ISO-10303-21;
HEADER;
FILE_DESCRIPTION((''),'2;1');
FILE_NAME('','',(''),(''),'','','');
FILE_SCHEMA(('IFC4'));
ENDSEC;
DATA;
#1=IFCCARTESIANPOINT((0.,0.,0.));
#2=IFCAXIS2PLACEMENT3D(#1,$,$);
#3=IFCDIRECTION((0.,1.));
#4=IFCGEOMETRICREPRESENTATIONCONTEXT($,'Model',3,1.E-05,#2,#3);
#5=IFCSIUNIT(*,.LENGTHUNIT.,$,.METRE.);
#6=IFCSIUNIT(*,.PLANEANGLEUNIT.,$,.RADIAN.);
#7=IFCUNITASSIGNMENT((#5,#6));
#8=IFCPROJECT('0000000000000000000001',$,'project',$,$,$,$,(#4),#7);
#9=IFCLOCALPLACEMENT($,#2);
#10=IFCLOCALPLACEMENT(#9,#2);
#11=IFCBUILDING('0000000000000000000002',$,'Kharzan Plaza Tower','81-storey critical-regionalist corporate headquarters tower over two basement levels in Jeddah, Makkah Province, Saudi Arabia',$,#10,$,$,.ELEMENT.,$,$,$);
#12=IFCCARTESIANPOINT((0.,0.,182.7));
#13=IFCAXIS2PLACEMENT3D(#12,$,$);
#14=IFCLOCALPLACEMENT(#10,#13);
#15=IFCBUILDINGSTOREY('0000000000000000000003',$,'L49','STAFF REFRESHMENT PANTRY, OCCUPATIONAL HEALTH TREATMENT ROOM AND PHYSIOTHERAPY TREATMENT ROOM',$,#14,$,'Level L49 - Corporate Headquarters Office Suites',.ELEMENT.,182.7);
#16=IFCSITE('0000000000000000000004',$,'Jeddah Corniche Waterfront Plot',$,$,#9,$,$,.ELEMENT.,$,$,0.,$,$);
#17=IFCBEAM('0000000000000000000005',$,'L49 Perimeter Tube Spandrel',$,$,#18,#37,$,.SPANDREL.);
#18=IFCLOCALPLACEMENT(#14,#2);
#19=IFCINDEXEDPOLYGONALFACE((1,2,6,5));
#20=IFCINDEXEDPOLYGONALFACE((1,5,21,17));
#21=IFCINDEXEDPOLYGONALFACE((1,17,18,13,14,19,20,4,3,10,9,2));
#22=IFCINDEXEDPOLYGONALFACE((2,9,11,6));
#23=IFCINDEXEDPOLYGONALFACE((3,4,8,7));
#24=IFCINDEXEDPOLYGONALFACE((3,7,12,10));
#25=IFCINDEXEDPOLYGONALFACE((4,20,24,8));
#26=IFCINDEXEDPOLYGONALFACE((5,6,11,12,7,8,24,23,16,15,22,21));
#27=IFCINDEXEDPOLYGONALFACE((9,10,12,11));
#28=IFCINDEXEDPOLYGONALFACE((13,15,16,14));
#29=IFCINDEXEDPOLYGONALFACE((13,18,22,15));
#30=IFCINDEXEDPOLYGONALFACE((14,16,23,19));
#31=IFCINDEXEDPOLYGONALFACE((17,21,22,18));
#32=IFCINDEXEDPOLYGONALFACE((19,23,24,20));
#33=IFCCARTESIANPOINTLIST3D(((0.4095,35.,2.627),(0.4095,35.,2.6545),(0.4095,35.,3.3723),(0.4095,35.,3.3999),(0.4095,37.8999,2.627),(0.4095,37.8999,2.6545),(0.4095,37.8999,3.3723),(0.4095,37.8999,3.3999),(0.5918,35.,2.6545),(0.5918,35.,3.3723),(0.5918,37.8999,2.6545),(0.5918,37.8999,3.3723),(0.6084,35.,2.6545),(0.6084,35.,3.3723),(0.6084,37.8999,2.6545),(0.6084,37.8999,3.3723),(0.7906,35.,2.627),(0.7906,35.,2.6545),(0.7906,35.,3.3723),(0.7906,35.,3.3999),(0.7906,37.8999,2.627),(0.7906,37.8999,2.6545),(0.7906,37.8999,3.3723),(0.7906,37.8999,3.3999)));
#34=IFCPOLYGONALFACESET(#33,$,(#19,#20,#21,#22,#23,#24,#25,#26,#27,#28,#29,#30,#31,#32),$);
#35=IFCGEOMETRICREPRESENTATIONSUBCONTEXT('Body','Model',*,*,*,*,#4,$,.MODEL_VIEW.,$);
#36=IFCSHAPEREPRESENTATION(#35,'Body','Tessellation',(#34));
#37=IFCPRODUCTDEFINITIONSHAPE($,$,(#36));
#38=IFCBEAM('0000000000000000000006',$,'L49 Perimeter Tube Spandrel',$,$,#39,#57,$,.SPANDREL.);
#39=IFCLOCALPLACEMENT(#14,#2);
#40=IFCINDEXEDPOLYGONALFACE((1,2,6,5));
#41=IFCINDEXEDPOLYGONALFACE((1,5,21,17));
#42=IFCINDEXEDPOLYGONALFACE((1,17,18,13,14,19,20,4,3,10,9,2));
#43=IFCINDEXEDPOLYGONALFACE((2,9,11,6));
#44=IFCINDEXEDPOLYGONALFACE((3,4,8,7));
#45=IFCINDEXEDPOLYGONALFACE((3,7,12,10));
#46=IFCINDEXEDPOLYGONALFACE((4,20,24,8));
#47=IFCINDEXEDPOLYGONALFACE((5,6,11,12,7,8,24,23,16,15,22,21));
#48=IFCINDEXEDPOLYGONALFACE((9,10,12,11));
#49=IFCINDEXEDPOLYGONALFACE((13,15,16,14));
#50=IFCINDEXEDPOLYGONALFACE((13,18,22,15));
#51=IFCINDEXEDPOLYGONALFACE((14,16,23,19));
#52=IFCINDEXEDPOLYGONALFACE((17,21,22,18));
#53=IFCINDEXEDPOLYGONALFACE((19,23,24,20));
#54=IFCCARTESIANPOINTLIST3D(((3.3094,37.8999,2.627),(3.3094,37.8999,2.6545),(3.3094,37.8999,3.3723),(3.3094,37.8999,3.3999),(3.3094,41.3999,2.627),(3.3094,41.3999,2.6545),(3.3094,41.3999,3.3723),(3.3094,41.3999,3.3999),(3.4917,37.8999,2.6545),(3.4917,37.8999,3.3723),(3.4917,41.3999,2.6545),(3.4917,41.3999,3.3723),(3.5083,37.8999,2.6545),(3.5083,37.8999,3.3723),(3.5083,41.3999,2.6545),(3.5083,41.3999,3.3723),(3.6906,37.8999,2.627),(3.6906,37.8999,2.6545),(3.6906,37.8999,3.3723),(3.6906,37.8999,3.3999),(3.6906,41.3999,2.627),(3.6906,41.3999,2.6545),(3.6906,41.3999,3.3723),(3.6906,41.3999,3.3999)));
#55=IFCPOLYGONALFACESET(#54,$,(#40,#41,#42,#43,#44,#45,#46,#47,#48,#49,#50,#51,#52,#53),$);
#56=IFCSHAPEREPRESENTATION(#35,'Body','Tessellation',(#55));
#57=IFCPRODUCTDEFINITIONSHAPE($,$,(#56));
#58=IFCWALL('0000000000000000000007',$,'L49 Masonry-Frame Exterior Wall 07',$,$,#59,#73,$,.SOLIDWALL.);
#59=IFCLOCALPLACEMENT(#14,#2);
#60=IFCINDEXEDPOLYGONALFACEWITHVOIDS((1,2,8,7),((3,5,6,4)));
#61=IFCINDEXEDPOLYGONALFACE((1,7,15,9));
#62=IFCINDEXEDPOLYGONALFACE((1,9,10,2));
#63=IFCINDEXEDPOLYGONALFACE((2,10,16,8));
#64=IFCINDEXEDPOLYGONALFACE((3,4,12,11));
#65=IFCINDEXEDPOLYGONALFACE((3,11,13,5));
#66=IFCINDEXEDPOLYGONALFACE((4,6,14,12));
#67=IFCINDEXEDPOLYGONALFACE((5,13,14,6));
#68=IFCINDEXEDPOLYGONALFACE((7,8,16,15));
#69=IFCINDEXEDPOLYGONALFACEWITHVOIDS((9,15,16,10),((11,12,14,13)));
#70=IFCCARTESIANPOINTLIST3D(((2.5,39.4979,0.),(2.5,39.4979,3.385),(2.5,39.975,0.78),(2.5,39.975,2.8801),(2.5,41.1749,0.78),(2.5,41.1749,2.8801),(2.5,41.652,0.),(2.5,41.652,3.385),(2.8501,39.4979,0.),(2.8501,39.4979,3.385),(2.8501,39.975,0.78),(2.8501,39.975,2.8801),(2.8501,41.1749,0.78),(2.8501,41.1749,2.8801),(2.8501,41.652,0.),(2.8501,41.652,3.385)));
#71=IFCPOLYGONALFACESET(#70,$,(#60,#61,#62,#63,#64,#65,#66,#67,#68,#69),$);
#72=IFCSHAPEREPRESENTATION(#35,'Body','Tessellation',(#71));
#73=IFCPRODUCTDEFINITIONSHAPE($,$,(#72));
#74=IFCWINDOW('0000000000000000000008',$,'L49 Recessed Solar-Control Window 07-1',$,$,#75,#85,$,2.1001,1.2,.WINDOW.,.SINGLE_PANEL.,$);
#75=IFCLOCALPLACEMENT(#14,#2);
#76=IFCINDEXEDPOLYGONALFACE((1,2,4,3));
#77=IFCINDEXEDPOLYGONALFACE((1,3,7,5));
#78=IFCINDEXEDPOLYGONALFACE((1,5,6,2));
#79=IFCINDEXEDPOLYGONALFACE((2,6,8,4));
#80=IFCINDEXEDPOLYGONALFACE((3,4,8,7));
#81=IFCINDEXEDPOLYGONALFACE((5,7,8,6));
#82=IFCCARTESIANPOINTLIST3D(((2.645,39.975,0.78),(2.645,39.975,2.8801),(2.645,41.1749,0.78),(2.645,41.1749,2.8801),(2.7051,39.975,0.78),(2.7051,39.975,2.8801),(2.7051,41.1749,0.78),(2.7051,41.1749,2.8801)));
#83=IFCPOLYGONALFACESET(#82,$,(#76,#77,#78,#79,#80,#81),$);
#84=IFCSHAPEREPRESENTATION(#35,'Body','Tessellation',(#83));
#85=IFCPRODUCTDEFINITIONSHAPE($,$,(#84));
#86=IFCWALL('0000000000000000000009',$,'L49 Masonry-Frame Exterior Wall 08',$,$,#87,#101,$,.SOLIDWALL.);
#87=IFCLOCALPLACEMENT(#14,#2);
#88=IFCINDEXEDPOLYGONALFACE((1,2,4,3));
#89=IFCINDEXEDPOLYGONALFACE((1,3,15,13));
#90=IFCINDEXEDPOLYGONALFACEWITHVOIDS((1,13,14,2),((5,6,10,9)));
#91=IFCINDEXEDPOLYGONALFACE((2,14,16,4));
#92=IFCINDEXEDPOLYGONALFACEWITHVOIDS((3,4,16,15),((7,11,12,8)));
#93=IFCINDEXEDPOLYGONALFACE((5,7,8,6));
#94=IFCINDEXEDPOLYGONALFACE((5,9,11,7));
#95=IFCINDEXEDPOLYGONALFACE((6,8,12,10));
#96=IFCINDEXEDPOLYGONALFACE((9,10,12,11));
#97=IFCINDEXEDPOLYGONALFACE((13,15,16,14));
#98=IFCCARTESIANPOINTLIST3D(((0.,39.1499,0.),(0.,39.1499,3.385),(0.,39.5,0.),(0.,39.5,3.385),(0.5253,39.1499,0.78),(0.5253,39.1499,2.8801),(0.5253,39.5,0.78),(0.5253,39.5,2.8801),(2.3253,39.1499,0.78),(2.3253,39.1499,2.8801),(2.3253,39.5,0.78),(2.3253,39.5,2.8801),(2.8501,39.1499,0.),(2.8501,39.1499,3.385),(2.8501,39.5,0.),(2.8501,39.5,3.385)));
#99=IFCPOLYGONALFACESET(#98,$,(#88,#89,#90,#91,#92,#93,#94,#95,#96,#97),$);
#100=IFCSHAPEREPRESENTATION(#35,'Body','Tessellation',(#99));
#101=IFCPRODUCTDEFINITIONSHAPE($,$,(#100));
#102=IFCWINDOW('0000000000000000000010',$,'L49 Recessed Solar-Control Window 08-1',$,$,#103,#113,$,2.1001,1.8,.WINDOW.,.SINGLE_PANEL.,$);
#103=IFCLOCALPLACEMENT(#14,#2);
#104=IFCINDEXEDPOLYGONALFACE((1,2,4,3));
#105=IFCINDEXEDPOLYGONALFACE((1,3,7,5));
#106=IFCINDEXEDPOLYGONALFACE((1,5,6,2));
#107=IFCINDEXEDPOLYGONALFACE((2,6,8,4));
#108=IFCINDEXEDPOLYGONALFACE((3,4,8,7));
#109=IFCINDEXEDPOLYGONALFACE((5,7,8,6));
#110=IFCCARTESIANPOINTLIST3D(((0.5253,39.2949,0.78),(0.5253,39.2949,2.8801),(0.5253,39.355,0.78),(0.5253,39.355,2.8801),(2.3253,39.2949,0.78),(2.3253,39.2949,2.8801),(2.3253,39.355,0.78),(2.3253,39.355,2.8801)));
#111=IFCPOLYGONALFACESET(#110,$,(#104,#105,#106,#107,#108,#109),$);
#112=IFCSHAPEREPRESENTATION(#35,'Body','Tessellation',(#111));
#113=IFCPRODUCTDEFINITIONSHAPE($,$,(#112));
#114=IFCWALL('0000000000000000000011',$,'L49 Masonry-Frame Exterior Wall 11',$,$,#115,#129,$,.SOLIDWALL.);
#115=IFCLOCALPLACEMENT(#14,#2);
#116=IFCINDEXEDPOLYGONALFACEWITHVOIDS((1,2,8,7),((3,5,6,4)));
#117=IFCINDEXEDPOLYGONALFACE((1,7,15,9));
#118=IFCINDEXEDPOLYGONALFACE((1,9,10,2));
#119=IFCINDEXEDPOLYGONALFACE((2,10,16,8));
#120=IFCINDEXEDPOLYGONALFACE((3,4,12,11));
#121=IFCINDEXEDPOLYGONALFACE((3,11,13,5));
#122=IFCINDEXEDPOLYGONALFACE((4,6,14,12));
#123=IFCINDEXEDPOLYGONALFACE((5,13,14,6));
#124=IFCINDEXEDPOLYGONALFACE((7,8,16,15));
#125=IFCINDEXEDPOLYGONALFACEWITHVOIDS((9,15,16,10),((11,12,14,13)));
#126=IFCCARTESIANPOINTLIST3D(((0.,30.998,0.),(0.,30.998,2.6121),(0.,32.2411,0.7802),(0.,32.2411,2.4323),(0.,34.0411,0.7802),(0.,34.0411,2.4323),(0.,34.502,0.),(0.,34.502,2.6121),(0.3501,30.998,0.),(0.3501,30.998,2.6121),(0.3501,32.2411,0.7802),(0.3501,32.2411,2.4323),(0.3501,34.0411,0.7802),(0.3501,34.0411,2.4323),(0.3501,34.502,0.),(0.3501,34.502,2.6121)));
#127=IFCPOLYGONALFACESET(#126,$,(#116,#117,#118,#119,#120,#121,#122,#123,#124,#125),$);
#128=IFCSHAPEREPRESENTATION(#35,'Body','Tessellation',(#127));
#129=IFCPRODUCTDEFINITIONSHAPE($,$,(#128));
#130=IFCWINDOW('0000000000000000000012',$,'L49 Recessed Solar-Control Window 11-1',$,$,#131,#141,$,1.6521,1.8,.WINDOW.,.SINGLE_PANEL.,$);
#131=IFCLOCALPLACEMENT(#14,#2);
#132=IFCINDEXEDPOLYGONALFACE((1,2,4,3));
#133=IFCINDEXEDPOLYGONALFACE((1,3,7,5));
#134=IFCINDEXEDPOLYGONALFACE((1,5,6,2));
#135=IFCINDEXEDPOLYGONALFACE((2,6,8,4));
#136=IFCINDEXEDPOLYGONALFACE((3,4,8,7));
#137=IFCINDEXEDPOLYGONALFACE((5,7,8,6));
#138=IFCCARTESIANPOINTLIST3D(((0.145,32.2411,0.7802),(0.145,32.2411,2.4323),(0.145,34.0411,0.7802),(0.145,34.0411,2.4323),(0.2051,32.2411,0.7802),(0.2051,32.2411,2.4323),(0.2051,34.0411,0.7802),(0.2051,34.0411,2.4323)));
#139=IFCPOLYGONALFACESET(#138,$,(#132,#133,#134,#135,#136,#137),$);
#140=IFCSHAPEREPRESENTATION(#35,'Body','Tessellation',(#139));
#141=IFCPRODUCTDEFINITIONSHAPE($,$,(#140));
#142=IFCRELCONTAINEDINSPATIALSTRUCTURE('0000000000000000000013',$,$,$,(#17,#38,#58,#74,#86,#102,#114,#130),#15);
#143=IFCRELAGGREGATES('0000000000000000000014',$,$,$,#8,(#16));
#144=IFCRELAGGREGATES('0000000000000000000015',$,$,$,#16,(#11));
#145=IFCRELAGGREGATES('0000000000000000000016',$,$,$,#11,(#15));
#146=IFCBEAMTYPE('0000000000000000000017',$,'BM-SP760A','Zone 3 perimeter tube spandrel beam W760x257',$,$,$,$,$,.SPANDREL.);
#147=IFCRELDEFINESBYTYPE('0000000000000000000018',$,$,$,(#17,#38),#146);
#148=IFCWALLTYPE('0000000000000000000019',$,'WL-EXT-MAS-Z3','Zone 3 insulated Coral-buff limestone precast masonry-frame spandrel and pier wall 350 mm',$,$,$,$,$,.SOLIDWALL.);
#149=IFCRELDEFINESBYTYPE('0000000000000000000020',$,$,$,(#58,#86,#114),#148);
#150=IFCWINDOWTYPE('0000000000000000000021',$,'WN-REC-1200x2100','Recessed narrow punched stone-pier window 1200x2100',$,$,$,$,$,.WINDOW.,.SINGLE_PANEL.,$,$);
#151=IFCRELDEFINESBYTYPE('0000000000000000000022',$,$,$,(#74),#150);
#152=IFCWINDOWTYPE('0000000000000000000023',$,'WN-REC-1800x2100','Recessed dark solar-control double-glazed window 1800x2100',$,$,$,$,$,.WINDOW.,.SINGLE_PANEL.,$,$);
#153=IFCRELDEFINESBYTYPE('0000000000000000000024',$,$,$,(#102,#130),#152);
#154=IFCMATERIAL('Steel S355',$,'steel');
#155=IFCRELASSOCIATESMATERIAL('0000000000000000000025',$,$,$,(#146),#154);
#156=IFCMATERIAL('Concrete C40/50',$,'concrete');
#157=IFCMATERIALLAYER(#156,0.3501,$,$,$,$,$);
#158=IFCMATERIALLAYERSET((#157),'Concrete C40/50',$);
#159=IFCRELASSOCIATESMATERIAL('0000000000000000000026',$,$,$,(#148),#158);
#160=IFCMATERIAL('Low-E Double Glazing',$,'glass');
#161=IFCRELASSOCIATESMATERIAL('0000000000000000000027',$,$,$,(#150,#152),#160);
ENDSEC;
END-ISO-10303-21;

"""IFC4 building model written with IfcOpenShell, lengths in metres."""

from ifc_helpers import new_model, si_unit, direction, frame, frame_2d, origin, origin_2d, place, context, subcontext, project, spatial, rectangle, i_section, extrude, source, transform, mapped, material, layer, layer_set, material_profile, profile_set, type_object, element, fill, save


model = new_model("IFC4")

# Units and contexts
model_context = context("Model", 3, precision=1e-05, world=origin(), true_north=direction((0.0, 1.0)))
body_context = subcontext(model_context, "Body", "Model", "MODEL_VIEW")
ifc_project = project(units=[si_unit("LENGTHUNIT", "METRE"), si_unit("PLANEANGLEUNIT", "RADIAN")], contexts=[model_context])

# Site, building, storey
site_placement = place(None, origin())
site = spatial("IfcSite", under=ifc_project, at=site_placement, Name="Jeddah Corniche Waterfront Plot", CompositionType="ELEMENT", RefElevation=0.0)
building_placement = place(site_placement, origin())
building = spatial("IfcBuilding", under=site, at=building_placement, Name="Kharzan Plaza Tower", Description="81-storey critical-regionalist corporate headquarters tower over two basement levels in Jeddah, Makkah Province, Saudi Arabia", CompositionType="ELEMENT")
storey_placement = place(building_placement, frame((0.0, 0.0, 182.7)))
storey = spatial("IfcBuildingStorey", under=building, at=storey_placement, Name="L49", Description="STAFF REFRESHMENT PANTRY, OCCUPATIONAL HEALTH TREATMENT ROOM AND PHYSIOTHERAPY TREATMENT ROOM", LongName="Level L49 - Corporate Headquarters Office Suites", CompositionType="ELEMENT", Elevation=182.7)

# Beams
ifc_material_1 = material(Name="Steel S355", Category="steel")
ifc_material_profile_1 = material_profile(ifc_material_1, i_section(OverallWidth=0.3811, OverallDepth=0.7729, WebThickness=0.0166, FlangeThickness=0.0276, at=origin_2d()), Name="W760x257")
ifc_profile_set_1 = profile_set([ifc_material_profile_1], Name="Steel S355")
beam_type_1 = type_object("IfcBeamType", Name="BM-SP760A", Description="Zone 3 perimeter tube spandrel beam W760x257", PredefinedType="SPANDREL", material=ifc_profile_set_1)
shared_shape_1 = source(origin(), body_context, "Body", "SweptSolid", [
    extrude(i_section(OverallWidth=0.3811, OverallDepth=0.7729, WebThickness=0.0166, FlangeThickness=0.0276, at=origin_2d()), origin(), (0.0, 0.0, 1.0), 2.8999),
])
beam_1_placement = place(storey_placement, frame((0.6001, 35.0, 3.0134), z_axis=(0.0, 1.0, 0.0), x_axis=(-1.0, 0.0, 0.0)))
element("IfcBeam", 1, at=beam_1_placement, inside=storey, type_object=beam_type_1, Name="L49 Perimeter Tube Spandrel", PredefinedType="SPANDREL", context=body_context, shape_type="MappedRepresentation", body=[
    mapped(shared_shape_1, transform((0.0, 0.0, 0.0), x_axis=(1.0, 0.0, 0.0), y_axis=(0.0, 1.0, 0.0), z_axis=(0.0, 0.0, 1.0))),
])
shared_shape_2 = source(origin(), body_context, "Body", "SweptSolid", [
    extrude(i_section(OverallWidth=0.3811, OverallDepth=0.7729, WebThickness=0.0166, FlangeThickness=0.0276, at=origin_2d()), origin(), (0.0, 0.0, 1.0), 3.5),
])
beam_2_placement = place(storey_placement, frame((3.5, 37.8999, 3.0134), z_axis=(0.0, 1.0, 0.0), x_axis=(-1.0, 0.0, 0.0)))
element("IfcBeam", 2, at=beam_2_placement, inside=storey, type_object=beam_type_1, Name="L49 Perimeter Tube Spandrel", PredefinedType="SPANDREL", context=body_context, shape_type="MappedRepresentation", body=[
    mapped(shared_shape_2, transform((0.0, 0.0, 0.0), x_axis=(1.0, 0.0, 0.0), y_axis=(0.0, 1.0, 0.0), z_axis=(0.0, 0.0, 1.0))),
])

# Walls, openings, windows
ifc_material_2 = material(Name="Concrete C40/50", Category="concrete")
ifc_layer_1 = layer(ifc_material_2, 0.3501)
ifc_layer_set_1 = layer_set([ifc_layer_1], Name="Concrete C40/50")
wall_type_1 = type_object("IfcWallType", Name="WL-EXT-MAS-Z3", Description="Zone 3 insulated Coral-buff limestone precast masonry-frame spandrel and pier wall 350 mm", PredefinedType="SOLIDWALL", material=ifc_layer_set_1)
wall_1_placement = place(storey_placement, frame((2.675, 41.6521, 0.0), z_axis=(0.0, 0.0, 1.0), x_axis=(0.0, -1.0, 0.0)))
wall_1 = element("IfcWall", 3, at=wall_1_placement, inside=storey, type_object=wall_type_1, Name="L49 Masonry-Frame Exterior Wall 07", PredefinedType="SOLIDWALL", context=body_context, shape_type="SweptSolid", body=[
    extrude(rectangle(XDim=2.1541, YDim=0.3501, at=frame_2d((1.0771, 0.0))), origin(), (0.0, 0.0, 1.0), 3.385),
])
opening_1_placement = place(wall_1_placement, frame((0.4771, 0.0, 0.78)))
opening_1 = element("IfcOpeningElement", 4, at=opening_1_placement, cuts=wall_1, PredefinedType="OPENING", context=body_context, shape_type="SweptSolid", body=[
    extrude(rectangle(XDim=1.2, YDim=2.1001, at=frame_2d((0.6001, 1.05))), frame((0.0, 0.1851, 0.0), z_axis=(0.0, -1.0, 0.0), x_axis=(1.0, 0.0, 0.0)), (0.0, 0.0, 1.0), 0.3701),
])
ifc_material_3 = material(Name="Low-E Double Glazing", Category="glass")
window_type_1 = type_object("IfcWindowType", Name="WN-REC-1200x2100", Description="Recessed narrow punched stone-pier window 1200x2100", PartitioningType="SINGLE_PANEL", PredefinedType="WINDOW", material=ifc_material_3)
shared_shape_3 = source(origin(), body_context, "Body", "SweptSolid", [
    extrude(rectangle(XDim=1.2, YDim=2.1001, at=frame_2d((0.6001, 1.05))), frame((0.0, 0.03, 0.0), z_axis=(0.0, -1.0, 0.0), x_axis=(1.0, 0.0, 0.0)), (0.0, 0.0, 1.0), 0.0601),
])
window_1_placement = place(opening_1_placement, origin())
window_1 = element("IfcWindow", 5, at=window_1_placement, inside=storey, type_object=window_type_1, Name="L49 Recessed Solar-Control Window 07-1", OverallHeight=2.1001, OverallWidth=1.2, PartitioningType="SINGLE_PANEL", PredefinedType="WINDOW", context=body_context, shape_type="MappedRepresentation", body=[
    mapped(shared_shape_3, transform((0.0, 0.0, 0.0), x_axis=(1.0, 0.0, 0.0), y_axis=(0.0, 1.0, 0.0), z_axis=(0.0, 0.0, 1.0))),
])
fill(opening_1, window_1)
wall_2_placement = place(storey_placement, frame((2.8501, 39.325, 0.0), z_axis=(0.0, 0.0, 1.0), x_axis=(-1.0, 0.0, 0.0)))
wall_2 = element("IfcWall", 6, at=wall_2_placement, inside=storey, type_object=wall_type_1, Name="L49 Masonry-Frame Exterior Wall 08", PredefinedType="SOLIDWALL", context=body_context, shape_type="SweptSolid", body=[
    extrude(rectangle(XDim=2.8501, YDim=0.3501, at=frame_2d((1.425, 0.0))), origin(), (0.0, 0.0, 1.0), 3.385),
])
opening_2_placement = place(wall_2_placement, frame((0.5249, 0.0, 0.78)))
opening_2 = element("IfcOpeningElement", 7, at=opening_2_placement, cuts=wall_2, PredefinedType="OPENING", context=body_context, shape_type="SweptSolid", body=[
    extrude(rectangle(XDim=1.8, YDim=2.1001, at=frame_2d((0.8999, 1.05))), frame((0.0, 0.1851, 0.0), z_axis=(0.0, -1.0, 0.0), x_axis=(1.0, 0.0, 0.0)), (0.0, 0.0, 1.0), 0.3701),
])
window_type_2 = type_object("IfcWindowType", Name="WN-REC-1800x2100", Description="Recessed dark solar-control double-glazed window 1800x2100", PartitioningType="SINGLE_PANEL", PredefinedType="WINDOW", material=ifc_material_3)
shared_shape_4 = source(origin(), body_context, "Body", "SweptSolid", [
    extrude(rectangle(XDim=1.8, YDim=2.1001, at=frame_2d((0.8999, 1.05))), frame((0.0, 0.03, 0.0), z_axis=(0.0, -1.0, 0.0), x_axis=(1.0, 0.0, 0.0)), (0.0, 0.0, 1.0), 0.0601),
])
window_2_placement = place(opening_2_placement, origin())
window_2 = element("IfcWindow", 8, at=window_2_placement, inside=storey, type_object=window_type_2, Name="L49 Recessed Solar-Control Window 08-1", OverallHeight=2.1001, OverallWidth=1.8, PartitioningType="SINGLE_PANEL", PredefinedType="WINDOW", context=body_context, shape_type="MappedRepresentation", body=[
    mapped(shared_shape_4, transform((0.0, 0.0, 0.0), x_axis=(1.0, 0.0, 0.0), y_axis=(0.0, 1.0, 0.0), z_axis=(0.0, 0.0, 1.0))),
])
fill(opening_2, window_2)
wall_3_placement = place(storey_placement, frame((0.175, 34.502, 0.0), z_axis=(0.0, 0.0, 1.0), x_axis=(0.0, -1.0, 0.0)))
wall_3 = element("IfcWall", 9, at=wall_3_placement, inside=storey, type_object=wall_type_1, Name="L49 Masonry-Frame Exterior Wall 11", PredefinedType="SOLIDWALL", context=body_context, shape_type="SweptSolid", body=[
    extrude(rectangle(XDim=3.5039, YDim=0.3501, at=frame_2d((1.752, 0.0))), origin(), (0.0, 0.0, 1.0), 2.6121),
])
opening_3_placement = place(wall_3_placement, frame((0.4609, 0.0, 0.78)))
opening_3 = element("IfcOpeningElement", 10, at=opening_3_placement, cuts=wall_3, PredefinedType="OPENING", context=body_context, shape_type="SweptSolid", body=[
    extrude(rectangle(XDim=1.8, YDim=1.6521, at=frame_2d((0.8999, 0.8262))), frame((0.0, 0.1851, 0.0), z_axis=(0.0, -1.0, 0.0), x_axis=(1.0, 0.0, 0.0)), (0.0, 0.0, 1.0), 0.3701),
])
shared_shape_5 = source(origin(), body_context, "Body", "SweptSolid", [
    extrude(rectangle(XDim=1.8, YDim=1.6521, at=frame_2d((0.8999, 0.8262))), frame((0.0, 0.03, 0.0), z_axis=(0.0, -1.0, 0.0), x_axis=(1.0, 0.0, 0.0)), (0.0, 0.0, 1.0), 0.0601),
])
window_3_placement = place(opening_3_placement, origin())
window_3 = element("IfcWindow", 11, at=window_3_placement, inside=storey, type_object=window_type_2, Name="L49 Recessed Solar-Control Window 11-1", OverallHeight=1.6521, OverallWidth=1.8, PartitioningType="SINGLE_PANEL", PredefinedType="WINDOW", context=body_context, shape_type="MappedRepresentation", body=[
    mapped(shared_shape_5, transform((0.0, 0.0, 0.0), x_axis=(1.0, 0.0, 0.0), y_axis=(0.0, 1.0, 0.0), z_axis=(0.0, 0.0, 1.0))),
])
fill(opening_3, window_3)

save(model, "model.ifc")
